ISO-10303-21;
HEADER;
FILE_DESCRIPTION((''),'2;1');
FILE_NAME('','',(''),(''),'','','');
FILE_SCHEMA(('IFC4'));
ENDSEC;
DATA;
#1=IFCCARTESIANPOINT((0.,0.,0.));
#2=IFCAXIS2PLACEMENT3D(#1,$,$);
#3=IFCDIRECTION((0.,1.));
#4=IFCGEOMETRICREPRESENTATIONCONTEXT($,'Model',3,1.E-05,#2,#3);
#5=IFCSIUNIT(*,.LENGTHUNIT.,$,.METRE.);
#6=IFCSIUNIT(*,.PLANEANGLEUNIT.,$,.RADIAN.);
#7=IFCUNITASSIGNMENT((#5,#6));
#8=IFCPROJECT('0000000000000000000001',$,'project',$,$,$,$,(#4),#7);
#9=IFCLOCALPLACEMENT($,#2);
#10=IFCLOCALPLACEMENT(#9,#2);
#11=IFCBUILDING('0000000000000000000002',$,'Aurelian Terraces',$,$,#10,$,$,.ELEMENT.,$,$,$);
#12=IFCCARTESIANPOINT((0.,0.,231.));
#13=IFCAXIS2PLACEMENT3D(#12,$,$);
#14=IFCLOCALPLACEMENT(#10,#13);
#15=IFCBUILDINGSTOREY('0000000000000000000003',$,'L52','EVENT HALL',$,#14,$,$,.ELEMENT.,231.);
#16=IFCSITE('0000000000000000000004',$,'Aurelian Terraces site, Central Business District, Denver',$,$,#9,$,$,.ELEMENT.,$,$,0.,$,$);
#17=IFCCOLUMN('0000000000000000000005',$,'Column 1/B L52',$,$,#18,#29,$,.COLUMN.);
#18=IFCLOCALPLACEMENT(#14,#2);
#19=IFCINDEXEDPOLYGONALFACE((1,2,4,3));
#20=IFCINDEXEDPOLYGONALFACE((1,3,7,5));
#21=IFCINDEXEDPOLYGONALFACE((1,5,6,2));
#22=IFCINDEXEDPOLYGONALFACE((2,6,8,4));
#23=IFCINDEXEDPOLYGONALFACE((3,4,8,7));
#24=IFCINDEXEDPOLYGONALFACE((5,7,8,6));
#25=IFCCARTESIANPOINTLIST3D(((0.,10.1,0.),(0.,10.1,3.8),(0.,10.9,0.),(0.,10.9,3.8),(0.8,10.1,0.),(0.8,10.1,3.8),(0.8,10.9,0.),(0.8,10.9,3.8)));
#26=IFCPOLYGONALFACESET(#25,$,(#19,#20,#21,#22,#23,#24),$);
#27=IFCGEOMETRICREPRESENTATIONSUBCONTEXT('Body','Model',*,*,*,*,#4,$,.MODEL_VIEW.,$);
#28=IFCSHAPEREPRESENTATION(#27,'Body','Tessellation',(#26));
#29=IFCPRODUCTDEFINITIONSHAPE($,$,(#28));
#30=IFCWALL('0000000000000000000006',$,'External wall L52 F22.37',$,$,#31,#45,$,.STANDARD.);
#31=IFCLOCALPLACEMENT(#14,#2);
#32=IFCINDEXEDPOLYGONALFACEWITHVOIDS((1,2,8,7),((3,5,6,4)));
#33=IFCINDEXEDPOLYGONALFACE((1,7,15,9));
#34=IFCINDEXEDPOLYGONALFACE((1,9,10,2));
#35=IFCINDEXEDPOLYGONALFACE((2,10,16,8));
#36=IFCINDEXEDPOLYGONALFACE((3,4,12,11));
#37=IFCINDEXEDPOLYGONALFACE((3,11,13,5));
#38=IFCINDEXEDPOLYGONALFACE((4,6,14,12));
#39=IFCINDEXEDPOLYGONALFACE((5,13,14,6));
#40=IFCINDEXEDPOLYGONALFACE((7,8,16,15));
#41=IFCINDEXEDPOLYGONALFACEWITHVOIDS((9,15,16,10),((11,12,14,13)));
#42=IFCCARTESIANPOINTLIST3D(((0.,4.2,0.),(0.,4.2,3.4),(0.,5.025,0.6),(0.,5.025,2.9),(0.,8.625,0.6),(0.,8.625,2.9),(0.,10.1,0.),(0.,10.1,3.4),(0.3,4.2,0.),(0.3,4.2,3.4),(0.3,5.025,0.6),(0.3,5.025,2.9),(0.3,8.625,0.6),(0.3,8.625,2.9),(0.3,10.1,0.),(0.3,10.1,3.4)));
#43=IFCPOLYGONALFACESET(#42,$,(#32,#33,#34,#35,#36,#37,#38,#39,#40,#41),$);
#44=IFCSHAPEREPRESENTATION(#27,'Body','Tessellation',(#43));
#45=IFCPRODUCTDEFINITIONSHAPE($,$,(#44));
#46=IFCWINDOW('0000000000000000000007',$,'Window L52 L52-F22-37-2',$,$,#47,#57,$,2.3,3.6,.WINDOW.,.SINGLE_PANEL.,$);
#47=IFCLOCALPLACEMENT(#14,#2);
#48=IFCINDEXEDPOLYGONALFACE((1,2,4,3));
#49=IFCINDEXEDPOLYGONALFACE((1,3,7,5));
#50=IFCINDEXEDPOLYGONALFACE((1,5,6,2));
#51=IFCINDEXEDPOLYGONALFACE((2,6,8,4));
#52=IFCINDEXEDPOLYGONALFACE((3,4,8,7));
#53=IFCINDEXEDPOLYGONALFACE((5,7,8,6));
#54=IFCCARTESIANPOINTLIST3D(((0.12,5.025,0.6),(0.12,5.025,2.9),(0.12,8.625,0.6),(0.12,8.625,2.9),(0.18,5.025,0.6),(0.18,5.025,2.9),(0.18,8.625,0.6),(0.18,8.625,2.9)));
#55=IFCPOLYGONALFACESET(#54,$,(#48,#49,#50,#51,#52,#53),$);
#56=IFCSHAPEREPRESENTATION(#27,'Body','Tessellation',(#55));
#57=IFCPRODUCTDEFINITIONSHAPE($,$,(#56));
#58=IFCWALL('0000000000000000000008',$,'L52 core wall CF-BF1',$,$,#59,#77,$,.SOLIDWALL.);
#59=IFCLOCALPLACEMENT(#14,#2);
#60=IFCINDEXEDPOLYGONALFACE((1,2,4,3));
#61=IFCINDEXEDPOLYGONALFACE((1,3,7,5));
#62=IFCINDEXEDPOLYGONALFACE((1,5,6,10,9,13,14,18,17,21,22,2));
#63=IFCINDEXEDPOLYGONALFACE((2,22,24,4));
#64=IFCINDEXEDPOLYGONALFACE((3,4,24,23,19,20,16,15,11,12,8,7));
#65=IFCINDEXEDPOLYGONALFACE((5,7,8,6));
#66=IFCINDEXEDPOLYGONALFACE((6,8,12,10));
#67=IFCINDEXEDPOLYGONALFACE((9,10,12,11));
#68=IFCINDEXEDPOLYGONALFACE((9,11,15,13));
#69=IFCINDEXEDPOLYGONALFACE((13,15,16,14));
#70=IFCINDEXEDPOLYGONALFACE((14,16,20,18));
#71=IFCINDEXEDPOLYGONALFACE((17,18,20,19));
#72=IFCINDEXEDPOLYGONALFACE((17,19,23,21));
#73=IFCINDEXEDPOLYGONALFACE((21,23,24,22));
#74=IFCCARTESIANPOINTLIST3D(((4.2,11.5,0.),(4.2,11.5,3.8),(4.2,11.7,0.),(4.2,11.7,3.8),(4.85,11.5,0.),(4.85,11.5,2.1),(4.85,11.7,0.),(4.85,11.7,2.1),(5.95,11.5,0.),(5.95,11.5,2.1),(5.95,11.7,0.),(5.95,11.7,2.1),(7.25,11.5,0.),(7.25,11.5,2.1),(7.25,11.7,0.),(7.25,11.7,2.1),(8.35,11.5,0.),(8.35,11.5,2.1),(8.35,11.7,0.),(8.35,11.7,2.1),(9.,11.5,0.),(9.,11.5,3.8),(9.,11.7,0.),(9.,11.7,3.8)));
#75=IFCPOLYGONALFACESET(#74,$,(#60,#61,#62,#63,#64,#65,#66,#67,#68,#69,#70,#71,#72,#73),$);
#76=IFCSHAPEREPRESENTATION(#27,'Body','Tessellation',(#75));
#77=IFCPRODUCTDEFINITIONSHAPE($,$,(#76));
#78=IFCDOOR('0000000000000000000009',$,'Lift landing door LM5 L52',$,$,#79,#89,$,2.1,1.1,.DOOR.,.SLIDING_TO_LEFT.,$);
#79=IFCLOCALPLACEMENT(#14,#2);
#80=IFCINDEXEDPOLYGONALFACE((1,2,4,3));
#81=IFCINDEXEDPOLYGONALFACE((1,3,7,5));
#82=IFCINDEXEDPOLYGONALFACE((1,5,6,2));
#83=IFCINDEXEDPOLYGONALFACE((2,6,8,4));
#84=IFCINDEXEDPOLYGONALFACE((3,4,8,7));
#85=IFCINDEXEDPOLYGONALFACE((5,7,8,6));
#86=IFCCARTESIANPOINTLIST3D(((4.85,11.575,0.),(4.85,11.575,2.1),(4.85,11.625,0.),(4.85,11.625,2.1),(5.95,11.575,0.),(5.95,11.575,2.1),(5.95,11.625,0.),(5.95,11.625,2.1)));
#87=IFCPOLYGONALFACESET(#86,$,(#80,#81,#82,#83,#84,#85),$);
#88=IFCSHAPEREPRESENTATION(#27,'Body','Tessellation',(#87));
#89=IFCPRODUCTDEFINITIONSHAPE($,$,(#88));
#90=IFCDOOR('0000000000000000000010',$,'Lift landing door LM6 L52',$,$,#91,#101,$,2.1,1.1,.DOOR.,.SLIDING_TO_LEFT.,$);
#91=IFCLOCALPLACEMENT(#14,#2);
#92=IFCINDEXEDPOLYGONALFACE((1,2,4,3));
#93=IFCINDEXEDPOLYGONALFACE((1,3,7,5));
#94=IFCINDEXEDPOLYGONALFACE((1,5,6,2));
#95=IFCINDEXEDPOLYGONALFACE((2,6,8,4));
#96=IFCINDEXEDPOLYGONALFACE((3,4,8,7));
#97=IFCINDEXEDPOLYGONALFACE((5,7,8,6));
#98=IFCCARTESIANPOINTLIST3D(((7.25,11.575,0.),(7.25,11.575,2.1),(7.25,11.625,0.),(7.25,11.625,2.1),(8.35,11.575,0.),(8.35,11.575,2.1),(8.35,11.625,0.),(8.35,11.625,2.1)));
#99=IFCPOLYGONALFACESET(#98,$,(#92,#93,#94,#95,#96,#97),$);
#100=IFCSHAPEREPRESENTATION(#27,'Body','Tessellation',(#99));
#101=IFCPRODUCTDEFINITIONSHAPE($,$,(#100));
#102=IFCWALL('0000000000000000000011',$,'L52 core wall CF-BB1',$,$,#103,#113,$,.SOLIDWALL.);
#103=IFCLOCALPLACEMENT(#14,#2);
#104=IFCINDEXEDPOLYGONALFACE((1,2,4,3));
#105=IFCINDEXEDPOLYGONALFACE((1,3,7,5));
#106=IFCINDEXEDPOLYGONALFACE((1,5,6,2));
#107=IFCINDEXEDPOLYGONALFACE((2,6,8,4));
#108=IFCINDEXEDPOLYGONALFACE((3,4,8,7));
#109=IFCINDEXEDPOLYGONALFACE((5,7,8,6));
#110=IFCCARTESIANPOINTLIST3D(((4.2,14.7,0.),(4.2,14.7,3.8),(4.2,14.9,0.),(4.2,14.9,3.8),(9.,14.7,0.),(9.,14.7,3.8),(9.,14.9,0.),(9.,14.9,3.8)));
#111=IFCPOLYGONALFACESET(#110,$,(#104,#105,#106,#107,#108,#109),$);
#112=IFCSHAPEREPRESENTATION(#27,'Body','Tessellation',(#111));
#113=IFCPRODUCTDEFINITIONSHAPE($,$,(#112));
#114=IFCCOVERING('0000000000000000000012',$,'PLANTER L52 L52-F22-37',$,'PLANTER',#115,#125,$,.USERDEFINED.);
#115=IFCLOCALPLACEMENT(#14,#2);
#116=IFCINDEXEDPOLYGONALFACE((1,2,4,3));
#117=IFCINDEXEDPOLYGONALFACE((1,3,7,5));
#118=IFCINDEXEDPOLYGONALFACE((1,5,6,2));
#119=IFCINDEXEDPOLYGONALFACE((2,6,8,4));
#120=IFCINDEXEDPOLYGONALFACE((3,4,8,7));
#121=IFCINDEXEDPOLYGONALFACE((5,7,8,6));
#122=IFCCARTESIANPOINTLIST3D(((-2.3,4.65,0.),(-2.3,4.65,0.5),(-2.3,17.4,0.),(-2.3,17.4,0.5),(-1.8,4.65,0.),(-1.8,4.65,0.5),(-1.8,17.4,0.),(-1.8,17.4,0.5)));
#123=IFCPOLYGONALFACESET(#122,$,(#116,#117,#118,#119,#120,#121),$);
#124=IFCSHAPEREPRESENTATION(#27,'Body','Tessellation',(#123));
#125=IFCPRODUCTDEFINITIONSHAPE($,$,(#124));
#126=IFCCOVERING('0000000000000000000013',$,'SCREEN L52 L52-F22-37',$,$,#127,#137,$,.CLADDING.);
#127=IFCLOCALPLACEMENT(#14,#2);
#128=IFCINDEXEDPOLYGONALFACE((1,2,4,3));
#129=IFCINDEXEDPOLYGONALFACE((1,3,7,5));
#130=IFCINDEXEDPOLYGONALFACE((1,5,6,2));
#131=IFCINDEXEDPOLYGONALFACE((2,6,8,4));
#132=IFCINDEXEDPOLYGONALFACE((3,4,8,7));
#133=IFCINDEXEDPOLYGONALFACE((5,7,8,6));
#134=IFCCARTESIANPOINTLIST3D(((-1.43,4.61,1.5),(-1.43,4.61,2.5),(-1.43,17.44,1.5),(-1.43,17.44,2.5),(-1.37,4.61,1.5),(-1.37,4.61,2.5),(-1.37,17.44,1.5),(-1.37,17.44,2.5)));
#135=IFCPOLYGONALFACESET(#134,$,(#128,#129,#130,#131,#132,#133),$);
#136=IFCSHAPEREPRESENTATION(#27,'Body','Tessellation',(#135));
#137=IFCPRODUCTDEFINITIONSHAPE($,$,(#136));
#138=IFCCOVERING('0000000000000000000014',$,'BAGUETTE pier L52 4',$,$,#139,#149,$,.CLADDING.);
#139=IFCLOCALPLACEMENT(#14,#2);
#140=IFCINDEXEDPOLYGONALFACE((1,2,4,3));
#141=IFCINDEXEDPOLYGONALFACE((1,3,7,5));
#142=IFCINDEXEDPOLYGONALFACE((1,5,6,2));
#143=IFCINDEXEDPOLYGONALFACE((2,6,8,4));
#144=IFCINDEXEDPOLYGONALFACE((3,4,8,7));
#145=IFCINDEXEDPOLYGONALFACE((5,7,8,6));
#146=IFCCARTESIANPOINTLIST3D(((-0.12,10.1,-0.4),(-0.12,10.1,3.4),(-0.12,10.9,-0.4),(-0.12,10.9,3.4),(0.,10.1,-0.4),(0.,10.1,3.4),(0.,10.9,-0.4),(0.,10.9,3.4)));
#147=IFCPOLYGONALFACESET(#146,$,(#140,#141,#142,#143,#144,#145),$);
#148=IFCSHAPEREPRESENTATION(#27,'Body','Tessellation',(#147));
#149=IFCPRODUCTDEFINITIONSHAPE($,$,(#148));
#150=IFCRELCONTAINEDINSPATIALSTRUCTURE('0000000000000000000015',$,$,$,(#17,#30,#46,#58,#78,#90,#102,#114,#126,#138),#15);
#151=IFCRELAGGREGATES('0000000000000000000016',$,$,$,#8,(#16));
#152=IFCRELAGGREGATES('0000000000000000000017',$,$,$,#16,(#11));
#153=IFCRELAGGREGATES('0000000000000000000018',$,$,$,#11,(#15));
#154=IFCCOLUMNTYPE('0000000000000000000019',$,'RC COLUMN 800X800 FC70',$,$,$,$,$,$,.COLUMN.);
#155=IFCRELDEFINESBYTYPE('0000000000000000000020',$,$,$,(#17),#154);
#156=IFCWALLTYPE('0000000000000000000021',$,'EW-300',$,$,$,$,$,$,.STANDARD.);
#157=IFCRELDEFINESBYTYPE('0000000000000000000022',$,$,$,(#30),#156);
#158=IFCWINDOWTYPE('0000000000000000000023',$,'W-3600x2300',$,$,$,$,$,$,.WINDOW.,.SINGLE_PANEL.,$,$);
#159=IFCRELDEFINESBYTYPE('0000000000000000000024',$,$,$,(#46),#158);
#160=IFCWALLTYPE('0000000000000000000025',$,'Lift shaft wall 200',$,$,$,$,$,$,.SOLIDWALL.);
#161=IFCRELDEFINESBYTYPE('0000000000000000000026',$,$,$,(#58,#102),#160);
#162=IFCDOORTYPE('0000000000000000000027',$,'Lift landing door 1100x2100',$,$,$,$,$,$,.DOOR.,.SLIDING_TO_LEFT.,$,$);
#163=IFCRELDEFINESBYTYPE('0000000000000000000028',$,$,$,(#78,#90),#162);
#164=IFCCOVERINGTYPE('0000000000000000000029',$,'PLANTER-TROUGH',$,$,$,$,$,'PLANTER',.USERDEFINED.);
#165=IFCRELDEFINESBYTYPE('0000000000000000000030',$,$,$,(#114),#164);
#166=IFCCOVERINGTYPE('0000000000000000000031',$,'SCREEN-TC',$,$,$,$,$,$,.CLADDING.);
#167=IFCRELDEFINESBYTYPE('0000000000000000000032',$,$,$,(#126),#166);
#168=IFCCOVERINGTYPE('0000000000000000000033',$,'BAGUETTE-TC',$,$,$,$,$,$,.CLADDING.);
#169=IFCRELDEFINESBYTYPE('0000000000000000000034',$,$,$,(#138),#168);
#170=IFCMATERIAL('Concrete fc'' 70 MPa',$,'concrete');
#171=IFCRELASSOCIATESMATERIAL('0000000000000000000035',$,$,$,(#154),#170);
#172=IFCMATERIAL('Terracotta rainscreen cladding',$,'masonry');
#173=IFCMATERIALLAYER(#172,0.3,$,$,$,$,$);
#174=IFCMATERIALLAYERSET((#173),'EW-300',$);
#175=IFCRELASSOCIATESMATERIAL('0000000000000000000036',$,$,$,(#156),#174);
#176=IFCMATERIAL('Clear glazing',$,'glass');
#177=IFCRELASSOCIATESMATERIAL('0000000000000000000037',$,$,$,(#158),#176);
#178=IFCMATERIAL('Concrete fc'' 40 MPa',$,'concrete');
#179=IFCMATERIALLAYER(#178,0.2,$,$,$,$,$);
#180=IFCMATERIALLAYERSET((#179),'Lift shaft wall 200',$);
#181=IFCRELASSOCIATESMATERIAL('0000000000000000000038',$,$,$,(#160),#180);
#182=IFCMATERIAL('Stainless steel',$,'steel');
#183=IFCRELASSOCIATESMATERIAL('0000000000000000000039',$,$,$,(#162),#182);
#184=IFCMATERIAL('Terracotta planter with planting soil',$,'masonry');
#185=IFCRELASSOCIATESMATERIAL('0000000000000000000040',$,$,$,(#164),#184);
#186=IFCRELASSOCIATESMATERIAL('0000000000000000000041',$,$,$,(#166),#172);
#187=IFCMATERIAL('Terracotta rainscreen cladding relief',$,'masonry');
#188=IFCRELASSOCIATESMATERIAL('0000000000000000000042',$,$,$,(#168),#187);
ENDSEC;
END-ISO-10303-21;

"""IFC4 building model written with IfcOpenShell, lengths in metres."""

from ifc_helpers import new_model, si_unit, direction, frame, frame_2d, origin, origin_2d, place, context, subcontext, project, spatial, rectangle, extrude, source, transform, mapped, material, layer, layer_set, material_profile, profile_set, type_object, element, fill, save


model = new_model("IFC4")

# Units and contexts
model_context = context("Model", 3, precision=1e-05, world=origin(), true_north=direction((0.0, 1.0)))
body_context = subcontext(model_context, "Body", "Model", "MODEL_VIEW")
ifc_project = project(units=[si_unit("LENGTHUNIT", "METRE"), si_unit("PLANEANGLEUNIT", "RADIAN")], contexts=[model_context])

# Site, building, storey
site_placement = place(None, origin())
site = spatial("IfcSite", under=ifc_project, at=site_placement, Name="Aurelian Terraces site, Central Business District, Denver", CompositionType="ELEMENT", RefElevation=0.0)
building_placement = place(site_placement, origin())
building = spatial("IfcBuilding", under=site, at=building_placement, Name="Aurelian Terraces", CompositionType="ELEMENT")
storey_placement = place(building_placement, frame((0.0, 0.0, 231.0)))
storey = spatial("IfcBuildingStorey", under=building, at=storey_placement, Name="L52", Description="EVENT HALL", CompositionType="ELEMENT", Elevation=231.0)

# Column
ifc_material_1 = material(Name="Concrete fc' 70 MPa", Category="concrete")
ifc_material_profile = material_profile(ifc_material_1, rectangle(XDim=0.8, YDim=0.8, at=origin_2d()))
ifc_profile_set = profile_set([ifc_material_profile], Name="Concrete fc' 70 MPa")
column_type = type_object("IfcColumnType", Name="RC COLUMN 800X800 FC70", PredefinedType="COLUMN", material=ifc_profile_set)
shared_shape_1 = source(origin(), body_context, "Body", "SweptSolid", [
    extrude(rectangle(XDim=0.8, YDim=0.8, at=origin_2d()), origin(), (0.0, 0.0, 1.0), 3.8),
])
column_placement = place(storey_placement, frame((0.4, 10.5, 0.0), z_axis=(0.0, 0.0, 1.0), x_axis=(1.0, 0.0, 0.0)))
element("IfcColumn", 1, at=column_placement, inside=storey, type_object=column_type, Name="Column 1/B L52", PredefinedType="COLUMN", context=body_context, shape_type="MappedRepresentation", body=[
    mapped(shared_shape_1, transform((0.0, 0.0, 0.0), scale=1.0)),
])

# Wall, opening, window
ifc_material_2 = material(Name="Terracotta rainscreen cladding", Category="masonry")
ifc_layer_1 = layer(ifc_material_2, 0.3)
ifc_layer_set_1 = layer_set([ifc_layer_1], Name="EW-300")
wall_type_1 = type_object("IfcWallType", Name="EW-300", PredefinedType="STANDARD", material=ifc_layer_set_1)
shared_shape_2 = source(origin(), body_context, "Body", "SweptSolid", [
    extrude(rectangle(XDim=5.9, YDim=0.3, at=frame_2d((2.95, 0.0))), origin(), (0.0, 0.0, 1.0), 3.4),
])
wall_1_placement = place(storey_placement, frame((0.15, 10.1, 0.0), z_axis=(0.0, 0.0, 1.0), x_axis=(0.0, -1.0, 0.0)))
wall_1 = element("IfcWall", 2, at=wall_1_placement, inside=storey, type_object=wall_type_1, Name="External wall L52 F22.37", PredefinedType="STANDARD", context=body_context, shape_type="MappedRepresentation", body=[
    mapped(shared_shape_2, transform((0.0, 0.0, 0.0), scale=1.0)),
])
shared_shape_3 = source(origin(), body_context, "Body", "SweptSolid", [
    extrude(rectangle(XDim=3.6, YDim=2.3, at=frame_2d((1.8, 1.15))), frame((0.0, 0.16, 0.0), z_axis=(0.0, -1.0, 0.0), x_axis=(1.0, 0.0, 0.0)), (0.0, 0.0, 1.0), 0.32),
])
opening_1_placement = place(wall_1_placement, frame((1.475, 0.0, 0.6)))
opening_1 = element("IfcOpeningElement", 3, at=opening_1_placement, cuts=wall_1, PredefinedType="OPENING", context=body_context, shape_type="MappedRepresentation", body=[
    mapped(shared_shape_3, transform((0.0, 0.0, 0.0), scale=1.0)),
])
ifc_material_3 = material(Name="Clear glazing", Category="glass")
window_type = type_object("IfcWindowType", Name="W-3600x2300", PartitioningType="SINGLE_PANEL", PredefinedType="WINDOW", material=ifc_material_3)
shared_shape_4 = source(origin(), body_context, "Body", "SweptSolid", [
    extrude(rectangle(XDim=3.6, YDim=2.3, at=frame_2d((1.8, 1.15))), frame((0.0, 0.03, 0.0), z_axis=(0.0, -1.0, 0.0), x_axis=(1.0, 0.0, 0.0)), (0.0, 0.0, 1.0), 0.06),
])
window_placement = place(opening_1_placement, origin())
window = element("IfcWindow", 4, at=window_placement, inside=storey, type_object=window_type, Name="Window L52 L52-F22-37-2", OverallHeight=2.3, OverallWidth=3.6, PartitioningType="SINGLE_PANEL", PredefinedType="WINDOW", context=body_context, shape_type="MappedRepresentation", body=[
    mapped(shared_shape_4, transform((0.0, 0.0, 0.0), scale=1.0)),
])
fill(opening_1, window)

# Wall, openings, doors
ifc_material_4 = material(Name="Concrete fc' 40 MPa", Category="concrete")
ifc_layer_2 = layer(ifc_material_4, 0.2)
ifc_layer_set_2 = layer_set([ifc_layer_2], Name="Lift shaft wall 200")
wall_type_2 = type_object("IfcWallType", Name="Lift shaft wall 200", PredefinedType="SOLIDWALL", material=ifc_layer_set_2)
shared_shape_5 = source(origin(), body_context, "Body", "SweptSolid", [
    extrude(rectangle(XDim=4.8, YDim=0.2, at=frame_2d((2.4, 0.0))), origin(), (0.0, 0.0, 1.0), 3.8),
])
wall_2_placement = place(storey_placement, frame((4.2, 11.6, 0.0), z_axis=(0.0, 0.0, 1.0), x_axis=(1.0, 0.0, 0.0)))
wall_2 = element("IfcWall", 5, at=wall_2_placement, inside=storey, type_object=wall_type_2, Name="L52 core wall CF-BF1", PredefinedType="SOLIDWALL", context=body_context, shape_type="MappedRepresentation", body=[
    mapped(shared_shape_5, transform((0.0, 0.0, 0.0), scale=1.0)),
])
shared_shape_6 = source(origin(), body_context, "Body", "SweptSolid", [
    extrude(rectangle(XDim=1.1, YDim=2.1, at=frame_2d((0.55, 1.05))), frame((0.0, 0.11, 0.0), z_axis=(0.0, -1.0, 0.0), x_axis=(1.0, 0.0, 0.0)), (0.0, 0.0, 1.0), 0.22),
])
opening_2_placement = place(wall_2_placement, frame((0.65, 0.0, 0.0)))
opening_2 = element("IfcOpeningElement", 6, at=opening_2_placement, cuts=wall_2, PredefinedType="OPENING", context=body_context, shape_type="MappedRepresentation", body=[
    mapped(shared_shape_6, transform((0.0, 0.0, 0.0), scale=1.0)),
])
opening_3_placement = place(wall_2_placement, frame((3.05, 0.0, 0.0)))
opening_3 = element("IfcOpeningElement", 7, at=opening_3_placement, cuts=wall_2, PredefinedType="OPENING", context=body_context, shape_type="MappedRepresentation", body=[
    mapped(shared_shape_6, transform((0.0, 0.0, 0.0), scale=1.0)),
])
ifc_material_5 = material(Name="Stainless steel", Category="steel")
door_type = type_object("IfcDoorType", Name="Lift landing door 1100x2100", OperationType="SLIDING_TO_LEFT", PredefinedType="DOOR", material=ifc_material_5)
shared_shape_7 = source(origin(), body_context, "Body", "SweptSolid", [
    extrude(rectangle(XDim=1.1, YDim=2.1, at=frame_2d((0.55, 1.05))), frame((0.0, 0.025, 0.0), z_axis=(0.0, -1.0, 0.0), x_axis=(1.0, 0.0, 0.0)), (0.0, 0.0, 1.0), 0.05),
])
door_1_placement = place(opening_2_placement, origin())
door_1 = element("IfcDoor", 8, at=door_1_placement, inside=storey, type_object=door_type, Name="Lift landing door LM5 L52", OperationType="SLIDING_TO_LEFT", OverallHeight=2.1, OverallWidth=1.1, PredefinedType="DOOR", context=body_context, shape_type="MappedRepresentation", body=[
    mapped(shared_shape_7, transform((0.0, 0.0, 0.0), scale=1.0)),
])
fill(opening_2, door_1)
door_2_placement = place(opening_3_placement, origin())
door_2 = element("IfcDoor", 9, at=door_2_placement, inside=storey, type_object=door_type, Name="Lift landing door LM6 L52", OperationType="SLIDING_TO_LEFT", OverallHeight=2.1, OverallWidth=1.1, PredefinedType="DOOR", context=body_context, shape_type="MappedRepresentation", body=[
    mapped(shared_shape_7, transform((0.0, 0.0, 0.0), scale=1.0)),
])
fill(opening_3, door_2)

# Wall
wall_3_placement = place(storey_placement, frame((4.2, 14.8, 0.0), z_axis=(0.0, 0.0, 1.0), x_axis=(1.0, 0.0, 0.0)))
element("IfcWall", 10, at=wall_3_placement, inside=storey, type_object=wall_type_2, Name="L52 core wall CF-BB1", PredefinedType="SOLIDWALL", context=body_context, shape_type="MappedRepresentation", body=[
    mapped(shared_shape_5, transform((0.0, 0.0, 0.0), scale=1.0)),
])

# Coverings
ifc_material_6 = material(Name="Terracotta planter with planting soil", Category="masonry")
covering_type_1 = type_object("IfcCoveringType", Name="PLANTER-TROUGH", ElementType="PLANTER", PredefinedType="USERDEFINED", material=ifc_material_6)
shared_shape_8 = source(origin(), body_context, "Body", "SweptSolid", [
    extrude(rectangle(XDim=0.5, YDim=12.75, at=origin_2d()), origin(), (0.0, 0.0, 1.0), 0.5),
])
covering_1_placement = place(storey_placement, frame((-2.05, 11.025, 0.0), z_axis=(0.0, 0.0, 1.0), x_axis=(1.0, 0.0, 0.0)))
element("IfcCovering", 11, at=covering_1_placement, inside=storey, type_object=covering_type_1, Name="PLANTER L52 L52-F22-37", ObjectType="PLANTER", PredefinedType="USERDEFINED", context=body_context, shape_type="MappedRepresentation", body=[
    mapped(shared_shape_8, transform((0.0, 0.0, 0.0), scale=1.0)),
])
covering_type_2 = type_object("IfcCoveringType", Name="SCREEN-TC", PredefinedType="CLADDING", material=ifc_material_2)
shared_shape_9 = source(origin(), body_context, "Body", "SweptSolid", [
    extrude(rectangle(XDim=0.06, YDim=12.83, at=origin_2d()), origin(), (0.0, 0.0, 1.0), 1.0),
])
covering_2_placement = place(storey_placement, frame((-1.4, 11.025, 1.5), z_axis=(0.0, 0.0, 1.0), x_axis=(1.0, 0.0, 0.0)))
element("IfcCovering", 12, at=covering_2_placement, inside=storey, type_object=covering_type_2, Name="SCREEN L52 L52-F22-37", PredefinedType="CLADDING", context=body_context, shape_type="MappedRepresentation", body=[
    mapped(shared_shape_9, transform((0.0, 0.0, 0.0), scale=1.0)),
])
ifc_material_7 = material(Name="Terracotta rainscreen cladding relief", Category="masonry")
covering_type_3 = type_object("IfcCoveringType", Name="BAGUETTE-TC", PredefinedType="CLADDING", material=ifc_material_7)
shared_shape_10 = source(origin(), body_context, "Body", "SweptSolid", [
    extrude(rectangle(XDim=0.12, YDim=0.8, at=origin_2d()), origin(), (0.0, 0.0, 1.0), 3.8),
])
covering_3_placement = place(storey_placement, frame((-0.06, 10.5, -0.4), z_axis=(0.0, 0.0, 1.0), x_axis=(1.0, 0.0, 0.0)))
element("IfcCovering", 13, at=covering_3_placement, inside=storey, type_object=covering_type_3, Name="BAGUETTE pier L52 4", PredefinedType="CLADDING", context=body_context, shape_type="MappedRepresentation", body=[
    mapped(shared_shape_10, transform((0.0, 0.0, 0.0), scale=1.0)),
])

save(model, "model.ifc")
